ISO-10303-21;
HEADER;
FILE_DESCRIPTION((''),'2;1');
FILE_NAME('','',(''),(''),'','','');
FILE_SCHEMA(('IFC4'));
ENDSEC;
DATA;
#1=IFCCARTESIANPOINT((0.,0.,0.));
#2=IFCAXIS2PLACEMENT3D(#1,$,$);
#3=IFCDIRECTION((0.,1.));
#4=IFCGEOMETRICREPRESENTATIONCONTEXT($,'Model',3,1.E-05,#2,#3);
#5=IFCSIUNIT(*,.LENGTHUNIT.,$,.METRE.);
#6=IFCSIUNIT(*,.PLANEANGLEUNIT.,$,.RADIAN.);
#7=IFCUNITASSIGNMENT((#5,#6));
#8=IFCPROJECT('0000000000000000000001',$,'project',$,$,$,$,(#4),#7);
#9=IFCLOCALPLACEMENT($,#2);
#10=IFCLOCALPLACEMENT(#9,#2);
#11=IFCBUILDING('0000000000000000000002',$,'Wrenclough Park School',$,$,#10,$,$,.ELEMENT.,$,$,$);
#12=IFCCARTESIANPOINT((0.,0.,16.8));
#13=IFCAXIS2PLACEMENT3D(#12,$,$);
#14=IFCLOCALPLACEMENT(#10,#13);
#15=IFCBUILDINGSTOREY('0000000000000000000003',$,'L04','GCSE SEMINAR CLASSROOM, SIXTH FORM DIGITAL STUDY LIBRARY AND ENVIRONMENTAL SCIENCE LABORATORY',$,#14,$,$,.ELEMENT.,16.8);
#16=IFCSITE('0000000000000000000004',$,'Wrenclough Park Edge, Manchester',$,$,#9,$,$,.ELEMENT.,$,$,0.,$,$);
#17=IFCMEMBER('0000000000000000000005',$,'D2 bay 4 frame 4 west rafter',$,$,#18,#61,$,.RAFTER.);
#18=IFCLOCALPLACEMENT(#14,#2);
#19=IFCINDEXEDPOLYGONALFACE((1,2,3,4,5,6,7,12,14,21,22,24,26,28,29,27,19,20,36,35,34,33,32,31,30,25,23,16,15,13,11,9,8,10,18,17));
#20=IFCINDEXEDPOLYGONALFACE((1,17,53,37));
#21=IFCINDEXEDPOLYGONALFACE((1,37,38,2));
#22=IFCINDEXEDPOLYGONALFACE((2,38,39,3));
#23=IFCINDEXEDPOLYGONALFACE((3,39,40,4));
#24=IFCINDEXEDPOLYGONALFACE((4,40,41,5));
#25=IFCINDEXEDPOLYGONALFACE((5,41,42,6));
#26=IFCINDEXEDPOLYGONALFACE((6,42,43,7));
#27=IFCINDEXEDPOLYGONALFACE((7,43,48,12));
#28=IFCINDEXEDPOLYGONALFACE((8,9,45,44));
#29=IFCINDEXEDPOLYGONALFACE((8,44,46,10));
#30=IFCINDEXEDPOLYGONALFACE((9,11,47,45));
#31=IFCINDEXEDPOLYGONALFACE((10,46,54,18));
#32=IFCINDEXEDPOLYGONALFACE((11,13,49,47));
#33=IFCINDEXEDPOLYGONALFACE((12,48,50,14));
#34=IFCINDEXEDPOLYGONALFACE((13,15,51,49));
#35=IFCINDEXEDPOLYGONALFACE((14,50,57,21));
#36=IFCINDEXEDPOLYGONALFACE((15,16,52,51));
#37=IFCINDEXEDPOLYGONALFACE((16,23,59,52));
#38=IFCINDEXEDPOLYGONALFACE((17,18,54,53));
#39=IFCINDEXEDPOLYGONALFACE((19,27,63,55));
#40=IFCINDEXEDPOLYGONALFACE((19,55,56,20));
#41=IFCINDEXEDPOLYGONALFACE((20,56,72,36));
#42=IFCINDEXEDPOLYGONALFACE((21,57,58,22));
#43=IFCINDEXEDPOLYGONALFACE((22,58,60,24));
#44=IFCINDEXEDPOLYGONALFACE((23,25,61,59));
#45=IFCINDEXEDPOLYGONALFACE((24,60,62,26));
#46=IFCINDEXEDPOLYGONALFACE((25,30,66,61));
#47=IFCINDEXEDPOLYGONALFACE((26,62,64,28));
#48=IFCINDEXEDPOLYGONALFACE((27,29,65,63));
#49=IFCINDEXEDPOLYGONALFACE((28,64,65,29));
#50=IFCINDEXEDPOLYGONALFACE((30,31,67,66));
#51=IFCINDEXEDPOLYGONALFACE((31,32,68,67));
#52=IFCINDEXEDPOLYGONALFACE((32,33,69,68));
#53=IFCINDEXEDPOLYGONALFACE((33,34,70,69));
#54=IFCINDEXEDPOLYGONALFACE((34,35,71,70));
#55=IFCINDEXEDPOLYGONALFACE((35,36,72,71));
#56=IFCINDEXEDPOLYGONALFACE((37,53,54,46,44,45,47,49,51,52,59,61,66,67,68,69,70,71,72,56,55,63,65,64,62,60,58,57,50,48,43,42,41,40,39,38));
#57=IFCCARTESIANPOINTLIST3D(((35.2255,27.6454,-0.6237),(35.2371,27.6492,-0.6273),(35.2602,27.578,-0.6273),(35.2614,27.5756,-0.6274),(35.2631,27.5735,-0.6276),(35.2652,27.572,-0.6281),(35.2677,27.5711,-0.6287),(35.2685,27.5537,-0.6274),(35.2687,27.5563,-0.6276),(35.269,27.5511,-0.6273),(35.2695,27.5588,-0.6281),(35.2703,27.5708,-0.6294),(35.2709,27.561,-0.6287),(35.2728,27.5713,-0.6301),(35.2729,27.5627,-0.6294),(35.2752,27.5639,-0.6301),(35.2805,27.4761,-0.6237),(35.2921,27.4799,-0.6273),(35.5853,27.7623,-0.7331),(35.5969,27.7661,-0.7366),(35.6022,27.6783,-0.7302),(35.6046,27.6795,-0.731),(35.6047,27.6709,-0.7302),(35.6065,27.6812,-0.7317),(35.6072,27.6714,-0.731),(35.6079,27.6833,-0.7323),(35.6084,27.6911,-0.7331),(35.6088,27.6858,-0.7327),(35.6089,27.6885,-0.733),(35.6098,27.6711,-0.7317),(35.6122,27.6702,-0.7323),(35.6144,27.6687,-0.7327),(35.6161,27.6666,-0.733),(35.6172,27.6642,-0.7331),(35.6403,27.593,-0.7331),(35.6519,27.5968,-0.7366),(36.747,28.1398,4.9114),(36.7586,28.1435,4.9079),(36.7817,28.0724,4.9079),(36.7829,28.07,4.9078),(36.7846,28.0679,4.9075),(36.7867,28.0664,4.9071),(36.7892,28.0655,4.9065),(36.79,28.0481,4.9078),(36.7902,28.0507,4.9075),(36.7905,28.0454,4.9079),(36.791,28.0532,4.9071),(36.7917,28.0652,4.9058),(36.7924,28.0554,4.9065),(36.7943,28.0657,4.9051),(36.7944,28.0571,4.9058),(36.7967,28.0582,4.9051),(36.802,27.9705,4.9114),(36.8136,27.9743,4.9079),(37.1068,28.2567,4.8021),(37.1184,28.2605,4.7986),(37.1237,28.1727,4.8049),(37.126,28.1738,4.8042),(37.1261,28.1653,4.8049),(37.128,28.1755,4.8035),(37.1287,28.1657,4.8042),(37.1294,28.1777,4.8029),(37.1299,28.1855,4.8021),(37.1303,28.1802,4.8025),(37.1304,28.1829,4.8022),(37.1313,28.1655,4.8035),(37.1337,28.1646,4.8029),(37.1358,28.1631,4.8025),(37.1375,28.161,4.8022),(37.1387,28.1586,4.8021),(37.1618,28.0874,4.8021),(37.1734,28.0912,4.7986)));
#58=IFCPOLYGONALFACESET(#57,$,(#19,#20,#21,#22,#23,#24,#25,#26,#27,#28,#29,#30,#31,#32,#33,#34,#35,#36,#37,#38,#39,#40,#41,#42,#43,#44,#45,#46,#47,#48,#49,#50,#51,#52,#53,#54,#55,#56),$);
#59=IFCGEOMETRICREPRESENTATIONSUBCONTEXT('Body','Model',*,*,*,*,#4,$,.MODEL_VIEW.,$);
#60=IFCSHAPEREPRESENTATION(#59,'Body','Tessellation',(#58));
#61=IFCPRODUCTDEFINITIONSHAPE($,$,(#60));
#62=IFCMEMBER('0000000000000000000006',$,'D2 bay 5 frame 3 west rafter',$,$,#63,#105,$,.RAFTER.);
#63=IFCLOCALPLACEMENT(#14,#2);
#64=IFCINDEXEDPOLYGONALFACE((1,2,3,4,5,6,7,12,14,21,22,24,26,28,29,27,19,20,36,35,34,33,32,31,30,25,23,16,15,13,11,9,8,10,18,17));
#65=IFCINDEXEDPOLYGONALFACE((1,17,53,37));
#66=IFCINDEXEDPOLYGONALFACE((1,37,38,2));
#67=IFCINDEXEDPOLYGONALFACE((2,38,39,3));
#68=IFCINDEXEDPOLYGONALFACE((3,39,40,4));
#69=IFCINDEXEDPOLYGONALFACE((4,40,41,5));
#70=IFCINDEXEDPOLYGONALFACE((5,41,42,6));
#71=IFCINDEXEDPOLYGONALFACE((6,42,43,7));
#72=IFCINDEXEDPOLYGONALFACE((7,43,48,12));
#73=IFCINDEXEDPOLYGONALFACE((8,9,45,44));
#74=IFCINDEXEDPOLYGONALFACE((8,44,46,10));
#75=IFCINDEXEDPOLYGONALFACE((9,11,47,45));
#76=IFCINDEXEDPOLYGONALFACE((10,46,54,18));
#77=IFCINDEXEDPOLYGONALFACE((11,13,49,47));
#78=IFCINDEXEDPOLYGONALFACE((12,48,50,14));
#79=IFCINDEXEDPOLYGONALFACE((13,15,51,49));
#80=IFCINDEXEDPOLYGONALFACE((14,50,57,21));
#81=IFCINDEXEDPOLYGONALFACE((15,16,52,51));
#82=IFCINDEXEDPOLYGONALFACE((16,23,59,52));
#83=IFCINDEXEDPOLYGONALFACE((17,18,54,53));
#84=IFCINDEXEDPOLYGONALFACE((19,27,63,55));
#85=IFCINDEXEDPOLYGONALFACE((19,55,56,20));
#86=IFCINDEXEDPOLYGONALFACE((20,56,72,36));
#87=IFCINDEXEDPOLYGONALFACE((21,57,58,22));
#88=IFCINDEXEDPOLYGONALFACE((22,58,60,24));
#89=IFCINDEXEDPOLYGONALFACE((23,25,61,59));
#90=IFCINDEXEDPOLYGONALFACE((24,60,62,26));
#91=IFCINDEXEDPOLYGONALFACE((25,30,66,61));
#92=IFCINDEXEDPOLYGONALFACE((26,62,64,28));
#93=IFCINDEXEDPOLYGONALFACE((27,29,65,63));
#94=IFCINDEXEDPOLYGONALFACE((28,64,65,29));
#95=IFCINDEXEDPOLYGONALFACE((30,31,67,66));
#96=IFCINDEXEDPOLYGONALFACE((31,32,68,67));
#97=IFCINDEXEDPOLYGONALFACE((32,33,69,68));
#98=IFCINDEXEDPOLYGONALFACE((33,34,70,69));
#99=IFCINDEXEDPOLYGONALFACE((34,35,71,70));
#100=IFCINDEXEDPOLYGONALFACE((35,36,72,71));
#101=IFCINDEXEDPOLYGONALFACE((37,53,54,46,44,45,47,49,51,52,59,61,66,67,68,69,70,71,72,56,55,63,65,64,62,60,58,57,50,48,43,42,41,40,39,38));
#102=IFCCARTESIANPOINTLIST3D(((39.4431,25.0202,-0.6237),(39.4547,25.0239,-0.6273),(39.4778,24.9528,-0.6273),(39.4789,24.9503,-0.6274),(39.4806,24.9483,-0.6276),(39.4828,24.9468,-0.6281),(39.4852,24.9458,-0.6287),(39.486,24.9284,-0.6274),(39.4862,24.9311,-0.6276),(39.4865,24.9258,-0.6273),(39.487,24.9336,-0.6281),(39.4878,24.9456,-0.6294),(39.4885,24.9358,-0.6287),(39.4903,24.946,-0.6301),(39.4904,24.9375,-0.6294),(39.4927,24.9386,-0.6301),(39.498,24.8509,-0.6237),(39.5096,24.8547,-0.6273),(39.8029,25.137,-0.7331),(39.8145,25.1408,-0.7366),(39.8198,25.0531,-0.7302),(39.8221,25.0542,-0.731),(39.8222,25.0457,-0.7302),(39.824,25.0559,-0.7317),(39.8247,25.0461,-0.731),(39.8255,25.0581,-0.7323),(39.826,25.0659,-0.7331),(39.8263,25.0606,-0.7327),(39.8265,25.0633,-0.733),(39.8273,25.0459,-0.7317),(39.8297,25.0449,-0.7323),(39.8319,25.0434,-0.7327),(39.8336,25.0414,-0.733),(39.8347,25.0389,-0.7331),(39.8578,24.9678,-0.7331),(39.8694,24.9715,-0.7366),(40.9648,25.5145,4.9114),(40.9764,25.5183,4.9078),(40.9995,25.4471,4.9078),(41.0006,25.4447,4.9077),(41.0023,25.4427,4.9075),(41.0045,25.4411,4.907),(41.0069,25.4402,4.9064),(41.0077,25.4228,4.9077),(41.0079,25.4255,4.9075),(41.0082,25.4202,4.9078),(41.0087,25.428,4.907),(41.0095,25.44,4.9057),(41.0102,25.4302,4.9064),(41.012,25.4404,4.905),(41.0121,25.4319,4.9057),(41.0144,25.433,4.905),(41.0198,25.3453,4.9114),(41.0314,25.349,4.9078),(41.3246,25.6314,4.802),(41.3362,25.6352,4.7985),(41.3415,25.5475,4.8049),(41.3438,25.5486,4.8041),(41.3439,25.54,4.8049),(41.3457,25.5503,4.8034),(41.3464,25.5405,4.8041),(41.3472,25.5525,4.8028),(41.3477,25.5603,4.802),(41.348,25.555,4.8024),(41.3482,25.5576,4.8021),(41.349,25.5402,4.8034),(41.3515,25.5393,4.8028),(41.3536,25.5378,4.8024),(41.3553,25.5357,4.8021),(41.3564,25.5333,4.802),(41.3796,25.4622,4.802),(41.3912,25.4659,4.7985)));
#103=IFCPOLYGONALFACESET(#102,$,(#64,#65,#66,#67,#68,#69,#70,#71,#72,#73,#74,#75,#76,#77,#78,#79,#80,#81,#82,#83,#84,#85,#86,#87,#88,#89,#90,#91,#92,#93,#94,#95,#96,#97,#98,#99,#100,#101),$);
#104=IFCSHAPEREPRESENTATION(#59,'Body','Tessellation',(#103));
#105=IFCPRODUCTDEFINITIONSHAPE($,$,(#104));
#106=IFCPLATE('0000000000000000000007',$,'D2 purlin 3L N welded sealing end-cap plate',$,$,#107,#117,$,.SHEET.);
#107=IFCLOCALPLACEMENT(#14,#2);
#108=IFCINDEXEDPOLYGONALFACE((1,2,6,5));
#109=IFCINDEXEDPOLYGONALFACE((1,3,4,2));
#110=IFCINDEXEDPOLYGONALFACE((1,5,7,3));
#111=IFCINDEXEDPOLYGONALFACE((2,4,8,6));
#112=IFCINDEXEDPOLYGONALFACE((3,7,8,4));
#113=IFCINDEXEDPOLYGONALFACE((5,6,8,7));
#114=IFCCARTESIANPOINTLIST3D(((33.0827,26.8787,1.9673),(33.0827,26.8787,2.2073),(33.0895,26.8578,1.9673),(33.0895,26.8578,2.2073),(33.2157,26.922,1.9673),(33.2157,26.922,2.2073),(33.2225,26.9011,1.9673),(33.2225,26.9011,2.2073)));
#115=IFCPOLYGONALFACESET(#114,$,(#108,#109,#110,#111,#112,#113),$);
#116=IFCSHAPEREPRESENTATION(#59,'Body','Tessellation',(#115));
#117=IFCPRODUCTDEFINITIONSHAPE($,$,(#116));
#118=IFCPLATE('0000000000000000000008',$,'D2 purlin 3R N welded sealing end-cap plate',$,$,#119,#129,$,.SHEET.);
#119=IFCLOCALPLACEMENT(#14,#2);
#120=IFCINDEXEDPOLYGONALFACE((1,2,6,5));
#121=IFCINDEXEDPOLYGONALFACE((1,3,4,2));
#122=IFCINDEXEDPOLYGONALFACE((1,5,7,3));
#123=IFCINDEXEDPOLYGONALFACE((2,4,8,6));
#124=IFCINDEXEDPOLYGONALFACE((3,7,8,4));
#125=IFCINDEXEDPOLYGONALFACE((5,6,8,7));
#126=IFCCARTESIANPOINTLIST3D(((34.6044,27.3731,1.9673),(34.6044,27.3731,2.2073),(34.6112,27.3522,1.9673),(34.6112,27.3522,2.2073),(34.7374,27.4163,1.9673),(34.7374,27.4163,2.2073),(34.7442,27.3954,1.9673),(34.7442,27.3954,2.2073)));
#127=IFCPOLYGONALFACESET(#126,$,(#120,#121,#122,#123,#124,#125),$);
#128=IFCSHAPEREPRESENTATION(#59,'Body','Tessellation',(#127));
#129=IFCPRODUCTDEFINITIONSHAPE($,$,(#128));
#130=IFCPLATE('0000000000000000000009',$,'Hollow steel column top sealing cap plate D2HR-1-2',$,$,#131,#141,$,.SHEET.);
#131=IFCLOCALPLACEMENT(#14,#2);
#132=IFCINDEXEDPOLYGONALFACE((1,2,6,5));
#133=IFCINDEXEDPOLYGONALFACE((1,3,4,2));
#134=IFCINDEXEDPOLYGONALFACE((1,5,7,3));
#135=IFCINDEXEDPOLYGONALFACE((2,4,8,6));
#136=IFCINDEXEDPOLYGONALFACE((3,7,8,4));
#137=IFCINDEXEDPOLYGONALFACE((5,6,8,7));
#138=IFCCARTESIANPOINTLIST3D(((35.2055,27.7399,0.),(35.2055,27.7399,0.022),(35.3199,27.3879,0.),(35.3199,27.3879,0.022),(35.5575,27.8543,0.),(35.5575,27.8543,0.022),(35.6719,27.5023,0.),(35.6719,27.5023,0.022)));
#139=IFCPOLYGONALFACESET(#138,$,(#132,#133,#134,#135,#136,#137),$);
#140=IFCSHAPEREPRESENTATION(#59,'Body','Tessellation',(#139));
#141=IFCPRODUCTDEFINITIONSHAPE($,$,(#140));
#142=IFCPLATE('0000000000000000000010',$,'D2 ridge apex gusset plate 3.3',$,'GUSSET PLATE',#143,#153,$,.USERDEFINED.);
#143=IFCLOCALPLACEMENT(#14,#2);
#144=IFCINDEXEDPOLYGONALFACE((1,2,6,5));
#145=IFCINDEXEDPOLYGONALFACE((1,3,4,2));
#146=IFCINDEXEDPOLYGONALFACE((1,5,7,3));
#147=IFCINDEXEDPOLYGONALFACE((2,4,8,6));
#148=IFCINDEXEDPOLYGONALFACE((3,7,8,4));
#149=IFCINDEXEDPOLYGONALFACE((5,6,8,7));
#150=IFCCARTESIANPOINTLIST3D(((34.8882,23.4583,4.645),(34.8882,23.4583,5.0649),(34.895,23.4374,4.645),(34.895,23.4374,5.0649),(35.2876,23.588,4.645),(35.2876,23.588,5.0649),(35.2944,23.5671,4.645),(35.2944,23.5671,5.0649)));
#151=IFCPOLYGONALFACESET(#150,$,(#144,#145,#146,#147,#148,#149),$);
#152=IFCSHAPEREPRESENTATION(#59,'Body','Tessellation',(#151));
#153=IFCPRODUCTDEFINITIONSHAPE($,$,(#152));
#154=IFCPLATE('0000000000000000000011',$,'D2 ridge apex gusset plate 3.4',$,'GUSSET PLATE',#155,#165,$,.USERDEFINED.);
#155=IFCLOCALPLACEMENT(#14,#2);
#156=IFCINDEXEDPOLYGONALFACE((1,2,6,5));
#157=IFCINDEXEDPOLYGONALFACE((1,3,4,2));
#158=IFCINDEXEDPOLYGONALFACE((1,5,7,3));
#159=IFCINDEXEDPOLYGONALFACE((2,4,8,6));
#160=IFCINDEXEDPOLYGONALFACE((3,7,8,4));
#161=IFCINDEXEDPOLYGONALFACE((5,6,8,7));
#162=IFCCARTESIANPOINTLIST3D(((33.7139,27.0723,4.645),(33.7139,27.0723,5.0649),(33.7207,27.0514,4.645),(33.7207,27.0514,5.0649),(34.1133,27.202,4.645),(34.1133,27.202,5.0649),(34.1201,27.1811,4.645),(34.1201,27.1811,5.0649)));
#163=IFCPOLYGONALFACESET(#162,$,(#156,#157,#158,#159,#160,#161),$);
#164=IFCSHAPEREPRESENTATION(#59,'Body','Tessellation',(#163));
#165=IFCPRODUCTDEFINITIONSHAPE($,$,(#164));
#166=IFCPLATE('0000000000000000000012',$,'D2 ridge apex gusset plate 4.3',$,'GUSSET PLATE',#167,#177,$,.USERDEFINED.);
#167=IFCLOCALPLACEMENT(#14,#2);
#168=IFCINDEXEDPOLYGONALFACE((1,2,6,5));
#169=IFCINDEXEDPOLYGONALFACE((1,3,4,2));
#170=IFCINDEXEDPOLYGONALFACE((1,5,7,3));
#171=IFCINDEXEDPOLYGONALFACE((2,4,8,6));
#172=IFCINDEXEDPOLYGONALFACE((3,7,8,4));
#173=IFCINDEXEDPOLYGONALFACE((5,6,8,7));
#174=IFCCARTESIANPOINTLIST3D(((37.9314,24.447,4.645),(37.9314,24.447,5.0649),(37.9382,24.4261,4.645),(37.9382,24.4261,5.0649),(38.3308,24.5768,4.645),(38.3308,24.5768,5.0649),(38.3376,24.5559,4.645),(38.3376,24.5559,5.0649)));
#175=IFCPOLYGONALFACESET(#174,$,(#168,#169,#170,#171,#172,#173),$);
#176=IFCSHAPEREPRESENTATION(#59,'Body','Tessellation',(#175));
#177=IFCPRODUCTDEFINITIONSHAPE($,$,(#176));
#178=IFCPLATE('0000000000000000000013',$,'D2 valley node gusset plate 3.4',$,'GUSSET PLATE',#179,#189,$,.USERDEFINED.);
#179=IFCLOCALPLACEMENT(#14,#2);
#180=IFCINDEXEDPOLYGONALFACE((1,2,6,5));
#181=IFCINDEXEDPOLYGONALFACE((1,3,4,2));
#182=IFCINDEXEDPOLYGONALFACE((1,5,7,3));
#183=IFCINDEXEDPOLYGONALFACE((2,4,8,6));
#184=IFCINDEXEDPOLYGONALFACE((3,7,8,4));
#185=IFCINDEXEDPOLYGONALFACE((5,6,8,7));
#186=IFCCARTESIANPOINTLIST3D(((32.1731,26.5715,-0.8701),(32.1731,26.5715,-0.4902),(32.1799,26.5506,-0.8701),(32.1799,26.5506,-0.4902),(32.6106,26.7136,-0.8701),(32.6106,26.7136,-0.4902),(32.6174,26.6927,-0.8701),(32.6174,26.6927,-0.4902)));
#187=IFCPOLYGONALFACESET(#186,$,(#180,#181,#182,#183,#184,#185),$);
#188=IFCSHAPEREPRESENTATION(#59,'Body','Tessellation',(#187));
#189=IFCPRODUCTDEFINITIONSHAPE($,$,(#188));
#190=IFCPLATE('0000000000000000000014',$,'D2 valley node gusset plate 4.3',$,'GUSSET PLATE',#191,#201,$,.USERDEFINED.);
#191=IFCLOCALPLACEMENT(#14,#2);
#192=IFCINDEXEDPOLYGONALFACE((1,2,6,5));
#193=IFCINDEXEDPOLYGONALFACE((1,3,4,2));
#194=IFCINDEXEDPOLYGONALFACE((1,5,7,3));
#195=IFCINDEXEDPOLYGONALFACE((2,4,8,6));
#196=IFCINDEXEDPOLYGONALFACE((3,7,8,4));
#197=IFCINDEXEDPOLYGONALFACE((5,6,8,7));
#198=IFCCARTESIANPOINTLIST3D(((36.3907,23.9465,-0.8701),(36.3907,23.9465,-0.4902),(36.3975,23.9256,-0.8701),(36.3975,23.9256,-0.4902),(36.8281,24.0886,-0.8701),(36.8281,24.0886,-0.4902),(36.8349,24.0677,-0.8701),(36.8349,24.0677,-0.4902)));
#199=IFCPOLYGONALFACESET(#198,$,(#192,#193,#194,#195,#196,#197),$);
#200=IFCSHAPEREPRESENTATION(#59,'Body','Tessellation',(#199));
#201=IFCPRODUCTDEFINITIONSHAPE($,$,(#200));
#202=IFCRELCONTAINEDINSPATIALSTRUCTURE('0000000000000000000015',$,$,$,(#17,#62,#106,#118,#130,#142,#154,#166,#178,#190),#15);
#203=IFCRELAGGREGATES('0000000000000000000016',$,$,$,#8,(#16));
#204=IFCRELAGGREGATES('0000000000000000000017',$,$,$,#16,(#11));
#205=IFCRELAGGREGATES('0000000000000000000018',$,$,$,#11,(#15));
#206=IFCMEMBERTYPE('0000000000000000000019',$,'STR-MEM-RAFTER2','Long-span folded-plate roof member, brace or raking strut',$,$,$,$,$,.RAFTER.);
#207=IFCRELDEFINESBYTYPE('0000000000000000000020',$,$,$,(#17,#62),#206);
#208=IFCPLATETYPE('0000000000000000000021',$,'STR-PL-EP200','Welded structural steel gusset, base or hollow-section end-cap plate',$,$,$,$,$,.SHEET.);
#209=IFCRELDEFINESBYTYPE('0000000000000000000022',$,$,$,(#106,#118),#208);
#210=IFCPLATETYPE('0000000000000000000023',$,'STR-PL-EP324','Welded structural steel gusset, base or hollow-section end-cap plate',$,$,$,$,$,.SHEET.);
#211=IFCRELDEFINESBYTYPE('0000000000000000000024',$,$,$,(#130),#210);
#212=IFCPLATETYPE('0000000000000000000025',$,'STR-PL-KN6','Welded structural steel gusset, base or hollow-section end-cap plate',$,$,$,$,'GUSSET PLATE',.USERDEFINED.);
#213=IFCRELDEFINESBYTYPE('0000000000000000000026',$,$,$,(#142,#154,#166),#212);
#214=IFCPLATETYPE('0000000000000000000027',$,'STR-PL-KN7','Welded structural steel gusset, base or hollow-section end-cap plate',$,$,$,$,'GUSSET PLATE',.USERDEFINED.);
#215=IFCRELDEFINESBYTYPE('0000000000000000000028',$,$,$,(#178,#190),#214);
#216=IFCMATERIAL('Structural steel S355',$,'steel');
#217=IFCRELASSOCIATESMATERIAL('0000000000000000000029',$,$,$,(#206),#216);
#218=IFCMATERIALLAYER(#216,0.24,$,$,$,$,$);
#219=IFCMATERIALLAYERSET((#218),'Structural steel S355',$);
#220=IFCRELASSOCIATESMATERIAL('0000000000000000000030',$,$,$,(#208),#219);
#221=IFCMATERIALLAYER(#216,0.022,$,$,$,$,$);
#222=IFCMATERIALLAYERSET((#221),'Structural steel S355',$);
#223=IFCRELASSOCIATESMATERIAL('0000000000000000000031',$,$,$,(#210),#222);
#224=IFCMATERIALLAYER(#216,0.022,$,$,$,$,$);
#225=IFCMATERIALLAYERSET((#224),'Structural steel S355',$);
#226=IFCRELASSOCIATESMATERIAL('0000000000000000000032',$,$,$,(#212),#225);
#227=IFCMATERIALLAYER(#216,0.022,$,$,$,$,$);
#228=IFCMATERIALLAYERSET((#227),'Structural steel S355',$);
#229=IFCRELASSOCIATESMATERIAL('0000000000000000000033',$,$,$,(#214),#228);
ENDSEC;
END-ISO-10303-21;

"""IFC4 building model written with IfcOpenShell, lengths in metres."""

from ifc_helpers import new_model, si_unit, direction, frame, origin, origin_2d, place, context, subcontext, project, spatial, rectangle, i_section, extrude, material, layer, layer_set, material_profile, profile_set, type_object, element, save


model = new_model("IFC4")

# Units and contexts
model_context = context("Model", 3, precision=1e-05, world=origin(), true_north=direction((0.0, 1.0)))
body_context = subcontext(model_context, "Body", "Model", "MODEL_VIEW")
ifc_project = project(units=[si_unit("LENGTHUNIT", "METRE"), si_unit("PLANEANGLEUNIT", "RADIAN")], contexts=[model_context])

# Site, building, storey
site_placement = place(None, origin())
site = spatial("IfcSite", under=ifc_project, at=site_placement, Name="Wrenclough Park Edge, Manchester", CompositionType="ELEMENT", RefElevation=0.0)
building_placement = place(site_placement, origin())
building = spatial("IfcBuilding", under=site, at=building_placement, Name="Wrenclough Park School", CompositionType="ELEMENT")
storey_placement = place(building_placement, frame((0.0, 0.0, 16.8)))
storey = spatial("IfcBuildingStorey", under=building, at=storey_placement, Name="L04", Description="GCSE SEMINAR CLASSROOM, SIXTH FORM DIGITAL STUDY LIBRARY AND ENVIRONMENTAL SCIENCE LABORATORY", CompositionType="ELEMENT", Elevation=16.8)

# Members
ifc_material = material(Name="Structural steel S355", Category="steel")
ifc_material_profile_1 = material_profile(ifc_material, i_section(OverallWidth=0.178, OverallDepth=0.4065, WebThickness=0.0078, FlangeThickness=0.0127, FilletRadius=0.0103, at=origin_2d()), Name="UKB 406x178x60")
ifc_profile_set_1 = profile_set([ifc_material_profile_1], Name="Structural steel S355")
member_type_1 = type_object("IfcMemberType", Name="STR-MEM-RAFTER2", Description="Long-span folded-plate roof member, brace or raking strut", PredefinedType="RAFTER", material=ifc_profile_set_1)
for number, where, z_axis, x_axis, name in (
    (1, (35.4387, 27.6211, -0.6802), (0.264068, 0.085805, 0.96068), (-0.309031, 0.951052, 0.0), "D2 bay 4 frame 4 west rafter"),
    (2, (39.6562, 24.9958, -0.6802), (0.264108, 0.085804, 0.960669), (-0.308986, 0.951067, 0.0), "D2 bay 5 frame 3 west rafter"),
):
    element("IfcMember", number, at=place(storey_placement, frame(where, z_axis=z_axis, x_axis=x_axis)), inside=storey, type_object=member_type_1, Name=name, PredefinedType="RAFTER", context=body_context, shape_type="SweptSolid", body=[
        extrude(i_section(OverallWidth=0.178, OverallDepth=0.4065, WebThickness=0.0078, FlangeThickness=0.0127, FilletRadius=0.0103, at=origin_2d()), origin(), (0.0, 0.0, 1.0), 5.7617),
    ])

# Plates
ifc_layer_1 = layer(ifc_material, 0.24)
ifc_layer_set_1 = layer_set([ifc_layer_1], Name="Structural steel S355")
plate_type_1 = type_object("IfcPlateType", Name="STR-PL-EP200", Description="Welded structural steel gusset, base or hollow-section end-cap plate", PredefinedType="SHEET", material=ifc_layer_set_1)
for number, where, z_axis, x_axis, name in (
    (3, (33.1526, 26.8899, 1.9673), (0.0, 0.0, 1.0), (-0.309017, 0.951057, 0.0), "D2 purlin 3L N welded sealing end-cap plate"),
    (4, (34.6743, 27.3843, 1.9673), (0.0, 0.0, 1.0), (-0.309017, 0.951057, 0.0), "D2 purlin 3R N welded sealing end-cap plate"),
):
    element("IfcPlate", number, at=place(storey_placement, frame(where, z_axis=z_axis, x_axis=x_axis)), inside=storey, type_object=plate_type_1, Name=name, PredefinedType="SHEET", context=body_context, shape_type="SweptSolid", body=[
        extrude(rectangle(XDim=0.022, YDim=0.1399, at=origin_2d()), origin(), (0.0, 0.0, 1.0), 0.24),
    ])
ifc_layer_2 = layer(ifc_material, 0.022)
ifc_layer_set_2 = layer_set([ifc_layer_2], Name="Structural steel S355")
plate_type_2 = type_object("IfcPlateType", Name="STR-PL-EP324", Description="Welded structural steel gusset, base or hollow-section end-cap plate", PredefinedType="SHEET", material=ifc_layer_set_2)
plate_placement = place(storey_placement, frame((35.4387, 27.6211, 0.0), z_axis=(0.0, 0.0, 1.0), x_axis=(0.951057, 0.309017, 0.0)))
element("IfcPlate", 5, at=plate_placement, inside=storey, type_object=plate_type_2, Name="Hollow steel column top sealing cap plate D2HR-1-2", PredefinedType="SHEET", context=body_context, shape_type="SweptSolid", body=[
    extrude(rectangle(XDim=0.3701, YDim=0.3701, at=origin_2d()), origin(), (0.0, 0.0, 1.0), 0.022),
])
ifc_layer_3 = layer(ifc_material, 0.022)
ifc_layer_set_3 = layer_set([ifc_layer_3], Name="Structural steel S355")
plate_type_3 = type_object("IfcPlateType", Name="STR-PL-KN6", Description="Welded structural steel gusset, base or hollow-section end-cap plate", ElementType="GUSSET PLATE", PredefinedType="USERDEFINED", material=ifc_layer_set_3)
for number, where, z_axis, x_axis, name in (
    (6, (35.0913, 23.5127, 4.645), (0.0, 0.0, 1.0), (0.951057, 0.309017, 0.0), "D2 ridge apex gusset plate 3.3"),
    (7, (33.917, 27.1267, 4.645), (0.0, 0.0, 1.0), (0.951057, 0.309017, 0.0), "D2 ridge apex gusset plate 3.4"),
    (8, (38.1345, 24.5015, 4.645), (0.0, 0.0, 1.0), (0.951057, 0.309017, 0.0), "D2 ridge apex gusset plate 4.3"),
):
    element("IfcPlate", number, at=place(storey_placement, frame(where, z_axis=z_axis, x_axis=x_axis)), inside=storey, type_object=plate_type_3, Name=name, ObjectType="GUSSET PLATE", PredefinedType="USERDEFINED", context=body_context, shape_type="SweptSolid", body=[
        extrude(rectangle(XDim=0.4199, YDim=0.022, at=origin_2d()), origin(), (0.0, 0.0, 1.0), 0.4199),
    ])
ifc_layer_4 = layer(ifc_material, 0.022)
ifc_layer_set_4 = layer_set([ifc_layer_4], Name="Structural steel S355")
plate_type_4 = type_object("IfcPlateType", Name="STR-PL-KN7", Description="Welded structural steel gusset, base or hollow-section end-cap plate", ElementType="GUSSET PLATE", PredefinedType="USERDEFINED", material=ifc_layer_set_4)
for number, where, z_axis, x_axis, name in (
    (9, (32.3953, 26.6321, -0.8701), (0.0, 0.0, 1.0), (0.951057, 0.309017, 0.0), "D2 valley node gusset plate 3.4"),
    (10, (36.6128, 24.0071, -0.8701), (0.0, 0.0, 1.0), (0.951057, 0.309017, 0.0), "D2 valley node gusset plate 4.3"),
):
    element("IfcPlate", number, at=place(storey_placement, frame(where, z_axis=z_axis, x_axis=x_axis)), inside=storey, type_object=plate_type_4, Name=name, ObjectType="GUSSET PLATE", PredefinedType="USERDEFINED", context=body_context, shape_type="SweptSolid", body=[
        extrude(rectangle(XDim=0.46, YDim=0.022, at=origin_2d()), origin(), (0.0, 0.0, 1.0), 0.3799),
    ])

save(model, "model.ifc")
